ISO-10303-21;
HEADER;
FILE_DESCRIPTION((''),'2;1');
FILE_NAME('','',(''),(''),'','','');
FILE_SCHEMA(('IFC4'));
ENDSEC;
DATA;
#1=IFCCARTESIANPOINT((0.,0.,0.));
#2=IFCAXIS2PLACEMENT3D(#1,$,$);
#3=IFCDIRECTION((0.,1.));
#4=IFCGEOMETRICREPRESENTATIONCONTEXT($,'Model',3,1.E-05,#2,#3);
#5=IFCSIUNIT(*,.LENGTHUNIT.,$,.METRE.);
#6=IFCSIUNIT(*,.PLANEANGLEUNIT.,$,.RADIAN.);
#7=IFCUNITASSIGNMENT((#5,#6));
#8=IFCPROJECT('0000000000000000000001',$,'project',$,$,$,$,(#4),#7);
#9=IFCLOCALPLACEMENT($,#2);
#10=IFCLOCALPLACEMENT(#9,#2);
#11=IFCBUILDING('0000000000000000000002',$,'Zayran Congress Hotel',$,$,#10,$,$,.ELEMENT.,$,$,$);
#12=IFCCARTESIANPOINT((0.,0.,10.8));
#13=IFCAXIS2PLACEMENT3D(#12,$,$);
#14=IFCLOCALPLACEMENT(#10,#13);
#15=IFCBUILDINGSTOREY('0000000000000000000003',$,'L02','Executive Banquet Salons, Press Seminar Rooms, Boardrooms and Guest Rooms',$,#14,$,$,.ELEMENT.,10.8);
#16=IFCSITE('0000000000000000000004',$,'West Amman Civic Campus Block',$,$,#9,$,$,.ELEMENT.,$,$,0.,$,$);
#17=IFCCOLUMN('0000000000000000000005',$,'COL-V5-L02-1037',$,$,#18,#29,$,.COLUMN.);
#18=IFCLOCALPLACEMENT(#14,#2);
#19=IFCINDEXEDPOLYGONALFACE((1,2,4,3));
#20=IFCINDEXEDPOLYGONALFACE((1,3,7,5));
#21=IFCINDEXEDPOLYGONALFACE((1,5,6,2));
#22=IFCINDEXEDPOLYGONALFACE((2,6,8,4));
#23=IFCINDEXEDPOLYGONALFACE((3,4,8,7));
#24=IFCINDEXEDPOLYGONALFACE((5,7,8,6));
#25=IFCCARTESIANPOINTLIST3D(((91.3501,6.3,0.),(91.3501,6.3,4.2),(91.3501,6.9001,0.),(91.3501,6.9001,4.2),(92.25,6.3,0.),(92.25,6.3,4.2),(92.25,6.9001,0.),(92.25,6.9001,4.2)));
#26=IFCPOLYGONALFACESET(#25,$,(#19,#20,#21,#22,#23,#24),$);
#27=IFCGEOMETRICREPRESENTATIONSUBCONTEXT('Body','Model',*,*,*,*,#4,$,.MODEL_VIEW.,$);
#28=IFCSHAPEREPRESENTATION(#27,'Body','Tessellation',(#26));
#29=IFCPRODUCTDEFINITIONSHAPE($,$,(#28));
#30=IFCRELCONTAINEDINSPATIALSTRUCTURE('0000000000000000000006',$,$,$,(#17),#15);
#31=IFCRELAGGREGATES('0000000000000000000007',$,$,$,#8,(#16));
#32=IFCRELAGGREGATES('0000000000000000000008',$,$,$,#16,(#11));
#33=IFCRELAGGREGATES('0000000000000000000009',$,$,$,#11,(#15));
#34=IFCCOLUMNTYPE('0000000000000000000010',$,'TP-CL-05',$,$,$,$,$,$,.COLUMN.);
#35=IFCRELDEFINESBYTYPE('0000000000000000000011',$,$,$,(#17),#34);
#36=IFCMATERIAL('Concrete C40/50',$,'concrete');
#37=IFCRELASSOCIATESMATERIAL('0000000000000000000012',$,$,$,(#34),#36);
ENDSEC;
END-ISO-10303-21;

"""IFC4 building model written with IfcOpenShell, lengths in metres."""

from ifc_helpers import new_model, si_unit, direction, frame, origin, origin_2d, place, context, subcontext, project, spatial, rectangle, extrude, material, material_profile, profile_set, type_object, element, save


model = new_model("IFC4")

# Units and contexts
model_context = context("Model", 3, precision=1e-05, world=origin(), true_north=direction((0.0, 1.0)))
body_context = subcontext(model_context, "Body", "Model", "MODEL_VIEW")
ifc_project = project(units=[si_unit("LENGTHUNIT", "METRE"), si_unit("PLANEANGLEUNIT", "RADIAN")], contexts=[model_context])

# Site, building, storey
site_placement = place(None, origin())
site = spatial("IfcSite", under=ifc_project, at=site_placement, Name="West Amman Civic Campus Block", CompositionType="ELEMENT", RefElevation=0.0)
building_placement = place(site_placement, origin())
building = spatial("IfcBuilding", under=site, at=building_placement, Name="Zayran Congress Hotel", CompositionType="ELEMENT")
storey_placement = place(building_placement, frame((0.0, 0.0, 10.8)))
storey = spatial("IfcBuildingStorey", under=building, at=storey_placement, Name="L02", Description="Executive Banquet Salons, Press Seminar Rooms, Boardrooms and Guest Rooms", CompositionType="ELEMENT", Elevation=10.8)

# Column
ifc_material = material(Name="Concrete C40/50", Category="concrete")
ifc_material_profile = material_profile(ifc_material, rectangle(XDim=0.6001, YDim=0.8999, at=origin_2d()), Name="RC 900x600")
ifc_profile_set = profile_set([ifc_material_profile], Name="Concrete C40/50")
column_type = type_object("IfcColumnType", Name="TP-CL-05", PredefinedType="COLUMN", material=ifc_profile_set)
column_placement = place(storey_placement, frame((91.8, 6.6001, 0.0), z_axis=(0.0, 0.0, 1.0), x_axis=(0.0, 1.0, 0.0)))
element("IfcColumn", 1, at=column_placement, inside=storey, type_object=column_type, Name="COL-V5-L02-1037", PredefinedType="COLUMN", context=body_context, shape_type="SweptSolid", body=[
    extrude(rectangle(XDim=0.6001, YDim=0.8999, at=origin_2d()), origin(), (0.0, 0.0, 1.0), 4.2),
])

save(model, "model.ifc")
